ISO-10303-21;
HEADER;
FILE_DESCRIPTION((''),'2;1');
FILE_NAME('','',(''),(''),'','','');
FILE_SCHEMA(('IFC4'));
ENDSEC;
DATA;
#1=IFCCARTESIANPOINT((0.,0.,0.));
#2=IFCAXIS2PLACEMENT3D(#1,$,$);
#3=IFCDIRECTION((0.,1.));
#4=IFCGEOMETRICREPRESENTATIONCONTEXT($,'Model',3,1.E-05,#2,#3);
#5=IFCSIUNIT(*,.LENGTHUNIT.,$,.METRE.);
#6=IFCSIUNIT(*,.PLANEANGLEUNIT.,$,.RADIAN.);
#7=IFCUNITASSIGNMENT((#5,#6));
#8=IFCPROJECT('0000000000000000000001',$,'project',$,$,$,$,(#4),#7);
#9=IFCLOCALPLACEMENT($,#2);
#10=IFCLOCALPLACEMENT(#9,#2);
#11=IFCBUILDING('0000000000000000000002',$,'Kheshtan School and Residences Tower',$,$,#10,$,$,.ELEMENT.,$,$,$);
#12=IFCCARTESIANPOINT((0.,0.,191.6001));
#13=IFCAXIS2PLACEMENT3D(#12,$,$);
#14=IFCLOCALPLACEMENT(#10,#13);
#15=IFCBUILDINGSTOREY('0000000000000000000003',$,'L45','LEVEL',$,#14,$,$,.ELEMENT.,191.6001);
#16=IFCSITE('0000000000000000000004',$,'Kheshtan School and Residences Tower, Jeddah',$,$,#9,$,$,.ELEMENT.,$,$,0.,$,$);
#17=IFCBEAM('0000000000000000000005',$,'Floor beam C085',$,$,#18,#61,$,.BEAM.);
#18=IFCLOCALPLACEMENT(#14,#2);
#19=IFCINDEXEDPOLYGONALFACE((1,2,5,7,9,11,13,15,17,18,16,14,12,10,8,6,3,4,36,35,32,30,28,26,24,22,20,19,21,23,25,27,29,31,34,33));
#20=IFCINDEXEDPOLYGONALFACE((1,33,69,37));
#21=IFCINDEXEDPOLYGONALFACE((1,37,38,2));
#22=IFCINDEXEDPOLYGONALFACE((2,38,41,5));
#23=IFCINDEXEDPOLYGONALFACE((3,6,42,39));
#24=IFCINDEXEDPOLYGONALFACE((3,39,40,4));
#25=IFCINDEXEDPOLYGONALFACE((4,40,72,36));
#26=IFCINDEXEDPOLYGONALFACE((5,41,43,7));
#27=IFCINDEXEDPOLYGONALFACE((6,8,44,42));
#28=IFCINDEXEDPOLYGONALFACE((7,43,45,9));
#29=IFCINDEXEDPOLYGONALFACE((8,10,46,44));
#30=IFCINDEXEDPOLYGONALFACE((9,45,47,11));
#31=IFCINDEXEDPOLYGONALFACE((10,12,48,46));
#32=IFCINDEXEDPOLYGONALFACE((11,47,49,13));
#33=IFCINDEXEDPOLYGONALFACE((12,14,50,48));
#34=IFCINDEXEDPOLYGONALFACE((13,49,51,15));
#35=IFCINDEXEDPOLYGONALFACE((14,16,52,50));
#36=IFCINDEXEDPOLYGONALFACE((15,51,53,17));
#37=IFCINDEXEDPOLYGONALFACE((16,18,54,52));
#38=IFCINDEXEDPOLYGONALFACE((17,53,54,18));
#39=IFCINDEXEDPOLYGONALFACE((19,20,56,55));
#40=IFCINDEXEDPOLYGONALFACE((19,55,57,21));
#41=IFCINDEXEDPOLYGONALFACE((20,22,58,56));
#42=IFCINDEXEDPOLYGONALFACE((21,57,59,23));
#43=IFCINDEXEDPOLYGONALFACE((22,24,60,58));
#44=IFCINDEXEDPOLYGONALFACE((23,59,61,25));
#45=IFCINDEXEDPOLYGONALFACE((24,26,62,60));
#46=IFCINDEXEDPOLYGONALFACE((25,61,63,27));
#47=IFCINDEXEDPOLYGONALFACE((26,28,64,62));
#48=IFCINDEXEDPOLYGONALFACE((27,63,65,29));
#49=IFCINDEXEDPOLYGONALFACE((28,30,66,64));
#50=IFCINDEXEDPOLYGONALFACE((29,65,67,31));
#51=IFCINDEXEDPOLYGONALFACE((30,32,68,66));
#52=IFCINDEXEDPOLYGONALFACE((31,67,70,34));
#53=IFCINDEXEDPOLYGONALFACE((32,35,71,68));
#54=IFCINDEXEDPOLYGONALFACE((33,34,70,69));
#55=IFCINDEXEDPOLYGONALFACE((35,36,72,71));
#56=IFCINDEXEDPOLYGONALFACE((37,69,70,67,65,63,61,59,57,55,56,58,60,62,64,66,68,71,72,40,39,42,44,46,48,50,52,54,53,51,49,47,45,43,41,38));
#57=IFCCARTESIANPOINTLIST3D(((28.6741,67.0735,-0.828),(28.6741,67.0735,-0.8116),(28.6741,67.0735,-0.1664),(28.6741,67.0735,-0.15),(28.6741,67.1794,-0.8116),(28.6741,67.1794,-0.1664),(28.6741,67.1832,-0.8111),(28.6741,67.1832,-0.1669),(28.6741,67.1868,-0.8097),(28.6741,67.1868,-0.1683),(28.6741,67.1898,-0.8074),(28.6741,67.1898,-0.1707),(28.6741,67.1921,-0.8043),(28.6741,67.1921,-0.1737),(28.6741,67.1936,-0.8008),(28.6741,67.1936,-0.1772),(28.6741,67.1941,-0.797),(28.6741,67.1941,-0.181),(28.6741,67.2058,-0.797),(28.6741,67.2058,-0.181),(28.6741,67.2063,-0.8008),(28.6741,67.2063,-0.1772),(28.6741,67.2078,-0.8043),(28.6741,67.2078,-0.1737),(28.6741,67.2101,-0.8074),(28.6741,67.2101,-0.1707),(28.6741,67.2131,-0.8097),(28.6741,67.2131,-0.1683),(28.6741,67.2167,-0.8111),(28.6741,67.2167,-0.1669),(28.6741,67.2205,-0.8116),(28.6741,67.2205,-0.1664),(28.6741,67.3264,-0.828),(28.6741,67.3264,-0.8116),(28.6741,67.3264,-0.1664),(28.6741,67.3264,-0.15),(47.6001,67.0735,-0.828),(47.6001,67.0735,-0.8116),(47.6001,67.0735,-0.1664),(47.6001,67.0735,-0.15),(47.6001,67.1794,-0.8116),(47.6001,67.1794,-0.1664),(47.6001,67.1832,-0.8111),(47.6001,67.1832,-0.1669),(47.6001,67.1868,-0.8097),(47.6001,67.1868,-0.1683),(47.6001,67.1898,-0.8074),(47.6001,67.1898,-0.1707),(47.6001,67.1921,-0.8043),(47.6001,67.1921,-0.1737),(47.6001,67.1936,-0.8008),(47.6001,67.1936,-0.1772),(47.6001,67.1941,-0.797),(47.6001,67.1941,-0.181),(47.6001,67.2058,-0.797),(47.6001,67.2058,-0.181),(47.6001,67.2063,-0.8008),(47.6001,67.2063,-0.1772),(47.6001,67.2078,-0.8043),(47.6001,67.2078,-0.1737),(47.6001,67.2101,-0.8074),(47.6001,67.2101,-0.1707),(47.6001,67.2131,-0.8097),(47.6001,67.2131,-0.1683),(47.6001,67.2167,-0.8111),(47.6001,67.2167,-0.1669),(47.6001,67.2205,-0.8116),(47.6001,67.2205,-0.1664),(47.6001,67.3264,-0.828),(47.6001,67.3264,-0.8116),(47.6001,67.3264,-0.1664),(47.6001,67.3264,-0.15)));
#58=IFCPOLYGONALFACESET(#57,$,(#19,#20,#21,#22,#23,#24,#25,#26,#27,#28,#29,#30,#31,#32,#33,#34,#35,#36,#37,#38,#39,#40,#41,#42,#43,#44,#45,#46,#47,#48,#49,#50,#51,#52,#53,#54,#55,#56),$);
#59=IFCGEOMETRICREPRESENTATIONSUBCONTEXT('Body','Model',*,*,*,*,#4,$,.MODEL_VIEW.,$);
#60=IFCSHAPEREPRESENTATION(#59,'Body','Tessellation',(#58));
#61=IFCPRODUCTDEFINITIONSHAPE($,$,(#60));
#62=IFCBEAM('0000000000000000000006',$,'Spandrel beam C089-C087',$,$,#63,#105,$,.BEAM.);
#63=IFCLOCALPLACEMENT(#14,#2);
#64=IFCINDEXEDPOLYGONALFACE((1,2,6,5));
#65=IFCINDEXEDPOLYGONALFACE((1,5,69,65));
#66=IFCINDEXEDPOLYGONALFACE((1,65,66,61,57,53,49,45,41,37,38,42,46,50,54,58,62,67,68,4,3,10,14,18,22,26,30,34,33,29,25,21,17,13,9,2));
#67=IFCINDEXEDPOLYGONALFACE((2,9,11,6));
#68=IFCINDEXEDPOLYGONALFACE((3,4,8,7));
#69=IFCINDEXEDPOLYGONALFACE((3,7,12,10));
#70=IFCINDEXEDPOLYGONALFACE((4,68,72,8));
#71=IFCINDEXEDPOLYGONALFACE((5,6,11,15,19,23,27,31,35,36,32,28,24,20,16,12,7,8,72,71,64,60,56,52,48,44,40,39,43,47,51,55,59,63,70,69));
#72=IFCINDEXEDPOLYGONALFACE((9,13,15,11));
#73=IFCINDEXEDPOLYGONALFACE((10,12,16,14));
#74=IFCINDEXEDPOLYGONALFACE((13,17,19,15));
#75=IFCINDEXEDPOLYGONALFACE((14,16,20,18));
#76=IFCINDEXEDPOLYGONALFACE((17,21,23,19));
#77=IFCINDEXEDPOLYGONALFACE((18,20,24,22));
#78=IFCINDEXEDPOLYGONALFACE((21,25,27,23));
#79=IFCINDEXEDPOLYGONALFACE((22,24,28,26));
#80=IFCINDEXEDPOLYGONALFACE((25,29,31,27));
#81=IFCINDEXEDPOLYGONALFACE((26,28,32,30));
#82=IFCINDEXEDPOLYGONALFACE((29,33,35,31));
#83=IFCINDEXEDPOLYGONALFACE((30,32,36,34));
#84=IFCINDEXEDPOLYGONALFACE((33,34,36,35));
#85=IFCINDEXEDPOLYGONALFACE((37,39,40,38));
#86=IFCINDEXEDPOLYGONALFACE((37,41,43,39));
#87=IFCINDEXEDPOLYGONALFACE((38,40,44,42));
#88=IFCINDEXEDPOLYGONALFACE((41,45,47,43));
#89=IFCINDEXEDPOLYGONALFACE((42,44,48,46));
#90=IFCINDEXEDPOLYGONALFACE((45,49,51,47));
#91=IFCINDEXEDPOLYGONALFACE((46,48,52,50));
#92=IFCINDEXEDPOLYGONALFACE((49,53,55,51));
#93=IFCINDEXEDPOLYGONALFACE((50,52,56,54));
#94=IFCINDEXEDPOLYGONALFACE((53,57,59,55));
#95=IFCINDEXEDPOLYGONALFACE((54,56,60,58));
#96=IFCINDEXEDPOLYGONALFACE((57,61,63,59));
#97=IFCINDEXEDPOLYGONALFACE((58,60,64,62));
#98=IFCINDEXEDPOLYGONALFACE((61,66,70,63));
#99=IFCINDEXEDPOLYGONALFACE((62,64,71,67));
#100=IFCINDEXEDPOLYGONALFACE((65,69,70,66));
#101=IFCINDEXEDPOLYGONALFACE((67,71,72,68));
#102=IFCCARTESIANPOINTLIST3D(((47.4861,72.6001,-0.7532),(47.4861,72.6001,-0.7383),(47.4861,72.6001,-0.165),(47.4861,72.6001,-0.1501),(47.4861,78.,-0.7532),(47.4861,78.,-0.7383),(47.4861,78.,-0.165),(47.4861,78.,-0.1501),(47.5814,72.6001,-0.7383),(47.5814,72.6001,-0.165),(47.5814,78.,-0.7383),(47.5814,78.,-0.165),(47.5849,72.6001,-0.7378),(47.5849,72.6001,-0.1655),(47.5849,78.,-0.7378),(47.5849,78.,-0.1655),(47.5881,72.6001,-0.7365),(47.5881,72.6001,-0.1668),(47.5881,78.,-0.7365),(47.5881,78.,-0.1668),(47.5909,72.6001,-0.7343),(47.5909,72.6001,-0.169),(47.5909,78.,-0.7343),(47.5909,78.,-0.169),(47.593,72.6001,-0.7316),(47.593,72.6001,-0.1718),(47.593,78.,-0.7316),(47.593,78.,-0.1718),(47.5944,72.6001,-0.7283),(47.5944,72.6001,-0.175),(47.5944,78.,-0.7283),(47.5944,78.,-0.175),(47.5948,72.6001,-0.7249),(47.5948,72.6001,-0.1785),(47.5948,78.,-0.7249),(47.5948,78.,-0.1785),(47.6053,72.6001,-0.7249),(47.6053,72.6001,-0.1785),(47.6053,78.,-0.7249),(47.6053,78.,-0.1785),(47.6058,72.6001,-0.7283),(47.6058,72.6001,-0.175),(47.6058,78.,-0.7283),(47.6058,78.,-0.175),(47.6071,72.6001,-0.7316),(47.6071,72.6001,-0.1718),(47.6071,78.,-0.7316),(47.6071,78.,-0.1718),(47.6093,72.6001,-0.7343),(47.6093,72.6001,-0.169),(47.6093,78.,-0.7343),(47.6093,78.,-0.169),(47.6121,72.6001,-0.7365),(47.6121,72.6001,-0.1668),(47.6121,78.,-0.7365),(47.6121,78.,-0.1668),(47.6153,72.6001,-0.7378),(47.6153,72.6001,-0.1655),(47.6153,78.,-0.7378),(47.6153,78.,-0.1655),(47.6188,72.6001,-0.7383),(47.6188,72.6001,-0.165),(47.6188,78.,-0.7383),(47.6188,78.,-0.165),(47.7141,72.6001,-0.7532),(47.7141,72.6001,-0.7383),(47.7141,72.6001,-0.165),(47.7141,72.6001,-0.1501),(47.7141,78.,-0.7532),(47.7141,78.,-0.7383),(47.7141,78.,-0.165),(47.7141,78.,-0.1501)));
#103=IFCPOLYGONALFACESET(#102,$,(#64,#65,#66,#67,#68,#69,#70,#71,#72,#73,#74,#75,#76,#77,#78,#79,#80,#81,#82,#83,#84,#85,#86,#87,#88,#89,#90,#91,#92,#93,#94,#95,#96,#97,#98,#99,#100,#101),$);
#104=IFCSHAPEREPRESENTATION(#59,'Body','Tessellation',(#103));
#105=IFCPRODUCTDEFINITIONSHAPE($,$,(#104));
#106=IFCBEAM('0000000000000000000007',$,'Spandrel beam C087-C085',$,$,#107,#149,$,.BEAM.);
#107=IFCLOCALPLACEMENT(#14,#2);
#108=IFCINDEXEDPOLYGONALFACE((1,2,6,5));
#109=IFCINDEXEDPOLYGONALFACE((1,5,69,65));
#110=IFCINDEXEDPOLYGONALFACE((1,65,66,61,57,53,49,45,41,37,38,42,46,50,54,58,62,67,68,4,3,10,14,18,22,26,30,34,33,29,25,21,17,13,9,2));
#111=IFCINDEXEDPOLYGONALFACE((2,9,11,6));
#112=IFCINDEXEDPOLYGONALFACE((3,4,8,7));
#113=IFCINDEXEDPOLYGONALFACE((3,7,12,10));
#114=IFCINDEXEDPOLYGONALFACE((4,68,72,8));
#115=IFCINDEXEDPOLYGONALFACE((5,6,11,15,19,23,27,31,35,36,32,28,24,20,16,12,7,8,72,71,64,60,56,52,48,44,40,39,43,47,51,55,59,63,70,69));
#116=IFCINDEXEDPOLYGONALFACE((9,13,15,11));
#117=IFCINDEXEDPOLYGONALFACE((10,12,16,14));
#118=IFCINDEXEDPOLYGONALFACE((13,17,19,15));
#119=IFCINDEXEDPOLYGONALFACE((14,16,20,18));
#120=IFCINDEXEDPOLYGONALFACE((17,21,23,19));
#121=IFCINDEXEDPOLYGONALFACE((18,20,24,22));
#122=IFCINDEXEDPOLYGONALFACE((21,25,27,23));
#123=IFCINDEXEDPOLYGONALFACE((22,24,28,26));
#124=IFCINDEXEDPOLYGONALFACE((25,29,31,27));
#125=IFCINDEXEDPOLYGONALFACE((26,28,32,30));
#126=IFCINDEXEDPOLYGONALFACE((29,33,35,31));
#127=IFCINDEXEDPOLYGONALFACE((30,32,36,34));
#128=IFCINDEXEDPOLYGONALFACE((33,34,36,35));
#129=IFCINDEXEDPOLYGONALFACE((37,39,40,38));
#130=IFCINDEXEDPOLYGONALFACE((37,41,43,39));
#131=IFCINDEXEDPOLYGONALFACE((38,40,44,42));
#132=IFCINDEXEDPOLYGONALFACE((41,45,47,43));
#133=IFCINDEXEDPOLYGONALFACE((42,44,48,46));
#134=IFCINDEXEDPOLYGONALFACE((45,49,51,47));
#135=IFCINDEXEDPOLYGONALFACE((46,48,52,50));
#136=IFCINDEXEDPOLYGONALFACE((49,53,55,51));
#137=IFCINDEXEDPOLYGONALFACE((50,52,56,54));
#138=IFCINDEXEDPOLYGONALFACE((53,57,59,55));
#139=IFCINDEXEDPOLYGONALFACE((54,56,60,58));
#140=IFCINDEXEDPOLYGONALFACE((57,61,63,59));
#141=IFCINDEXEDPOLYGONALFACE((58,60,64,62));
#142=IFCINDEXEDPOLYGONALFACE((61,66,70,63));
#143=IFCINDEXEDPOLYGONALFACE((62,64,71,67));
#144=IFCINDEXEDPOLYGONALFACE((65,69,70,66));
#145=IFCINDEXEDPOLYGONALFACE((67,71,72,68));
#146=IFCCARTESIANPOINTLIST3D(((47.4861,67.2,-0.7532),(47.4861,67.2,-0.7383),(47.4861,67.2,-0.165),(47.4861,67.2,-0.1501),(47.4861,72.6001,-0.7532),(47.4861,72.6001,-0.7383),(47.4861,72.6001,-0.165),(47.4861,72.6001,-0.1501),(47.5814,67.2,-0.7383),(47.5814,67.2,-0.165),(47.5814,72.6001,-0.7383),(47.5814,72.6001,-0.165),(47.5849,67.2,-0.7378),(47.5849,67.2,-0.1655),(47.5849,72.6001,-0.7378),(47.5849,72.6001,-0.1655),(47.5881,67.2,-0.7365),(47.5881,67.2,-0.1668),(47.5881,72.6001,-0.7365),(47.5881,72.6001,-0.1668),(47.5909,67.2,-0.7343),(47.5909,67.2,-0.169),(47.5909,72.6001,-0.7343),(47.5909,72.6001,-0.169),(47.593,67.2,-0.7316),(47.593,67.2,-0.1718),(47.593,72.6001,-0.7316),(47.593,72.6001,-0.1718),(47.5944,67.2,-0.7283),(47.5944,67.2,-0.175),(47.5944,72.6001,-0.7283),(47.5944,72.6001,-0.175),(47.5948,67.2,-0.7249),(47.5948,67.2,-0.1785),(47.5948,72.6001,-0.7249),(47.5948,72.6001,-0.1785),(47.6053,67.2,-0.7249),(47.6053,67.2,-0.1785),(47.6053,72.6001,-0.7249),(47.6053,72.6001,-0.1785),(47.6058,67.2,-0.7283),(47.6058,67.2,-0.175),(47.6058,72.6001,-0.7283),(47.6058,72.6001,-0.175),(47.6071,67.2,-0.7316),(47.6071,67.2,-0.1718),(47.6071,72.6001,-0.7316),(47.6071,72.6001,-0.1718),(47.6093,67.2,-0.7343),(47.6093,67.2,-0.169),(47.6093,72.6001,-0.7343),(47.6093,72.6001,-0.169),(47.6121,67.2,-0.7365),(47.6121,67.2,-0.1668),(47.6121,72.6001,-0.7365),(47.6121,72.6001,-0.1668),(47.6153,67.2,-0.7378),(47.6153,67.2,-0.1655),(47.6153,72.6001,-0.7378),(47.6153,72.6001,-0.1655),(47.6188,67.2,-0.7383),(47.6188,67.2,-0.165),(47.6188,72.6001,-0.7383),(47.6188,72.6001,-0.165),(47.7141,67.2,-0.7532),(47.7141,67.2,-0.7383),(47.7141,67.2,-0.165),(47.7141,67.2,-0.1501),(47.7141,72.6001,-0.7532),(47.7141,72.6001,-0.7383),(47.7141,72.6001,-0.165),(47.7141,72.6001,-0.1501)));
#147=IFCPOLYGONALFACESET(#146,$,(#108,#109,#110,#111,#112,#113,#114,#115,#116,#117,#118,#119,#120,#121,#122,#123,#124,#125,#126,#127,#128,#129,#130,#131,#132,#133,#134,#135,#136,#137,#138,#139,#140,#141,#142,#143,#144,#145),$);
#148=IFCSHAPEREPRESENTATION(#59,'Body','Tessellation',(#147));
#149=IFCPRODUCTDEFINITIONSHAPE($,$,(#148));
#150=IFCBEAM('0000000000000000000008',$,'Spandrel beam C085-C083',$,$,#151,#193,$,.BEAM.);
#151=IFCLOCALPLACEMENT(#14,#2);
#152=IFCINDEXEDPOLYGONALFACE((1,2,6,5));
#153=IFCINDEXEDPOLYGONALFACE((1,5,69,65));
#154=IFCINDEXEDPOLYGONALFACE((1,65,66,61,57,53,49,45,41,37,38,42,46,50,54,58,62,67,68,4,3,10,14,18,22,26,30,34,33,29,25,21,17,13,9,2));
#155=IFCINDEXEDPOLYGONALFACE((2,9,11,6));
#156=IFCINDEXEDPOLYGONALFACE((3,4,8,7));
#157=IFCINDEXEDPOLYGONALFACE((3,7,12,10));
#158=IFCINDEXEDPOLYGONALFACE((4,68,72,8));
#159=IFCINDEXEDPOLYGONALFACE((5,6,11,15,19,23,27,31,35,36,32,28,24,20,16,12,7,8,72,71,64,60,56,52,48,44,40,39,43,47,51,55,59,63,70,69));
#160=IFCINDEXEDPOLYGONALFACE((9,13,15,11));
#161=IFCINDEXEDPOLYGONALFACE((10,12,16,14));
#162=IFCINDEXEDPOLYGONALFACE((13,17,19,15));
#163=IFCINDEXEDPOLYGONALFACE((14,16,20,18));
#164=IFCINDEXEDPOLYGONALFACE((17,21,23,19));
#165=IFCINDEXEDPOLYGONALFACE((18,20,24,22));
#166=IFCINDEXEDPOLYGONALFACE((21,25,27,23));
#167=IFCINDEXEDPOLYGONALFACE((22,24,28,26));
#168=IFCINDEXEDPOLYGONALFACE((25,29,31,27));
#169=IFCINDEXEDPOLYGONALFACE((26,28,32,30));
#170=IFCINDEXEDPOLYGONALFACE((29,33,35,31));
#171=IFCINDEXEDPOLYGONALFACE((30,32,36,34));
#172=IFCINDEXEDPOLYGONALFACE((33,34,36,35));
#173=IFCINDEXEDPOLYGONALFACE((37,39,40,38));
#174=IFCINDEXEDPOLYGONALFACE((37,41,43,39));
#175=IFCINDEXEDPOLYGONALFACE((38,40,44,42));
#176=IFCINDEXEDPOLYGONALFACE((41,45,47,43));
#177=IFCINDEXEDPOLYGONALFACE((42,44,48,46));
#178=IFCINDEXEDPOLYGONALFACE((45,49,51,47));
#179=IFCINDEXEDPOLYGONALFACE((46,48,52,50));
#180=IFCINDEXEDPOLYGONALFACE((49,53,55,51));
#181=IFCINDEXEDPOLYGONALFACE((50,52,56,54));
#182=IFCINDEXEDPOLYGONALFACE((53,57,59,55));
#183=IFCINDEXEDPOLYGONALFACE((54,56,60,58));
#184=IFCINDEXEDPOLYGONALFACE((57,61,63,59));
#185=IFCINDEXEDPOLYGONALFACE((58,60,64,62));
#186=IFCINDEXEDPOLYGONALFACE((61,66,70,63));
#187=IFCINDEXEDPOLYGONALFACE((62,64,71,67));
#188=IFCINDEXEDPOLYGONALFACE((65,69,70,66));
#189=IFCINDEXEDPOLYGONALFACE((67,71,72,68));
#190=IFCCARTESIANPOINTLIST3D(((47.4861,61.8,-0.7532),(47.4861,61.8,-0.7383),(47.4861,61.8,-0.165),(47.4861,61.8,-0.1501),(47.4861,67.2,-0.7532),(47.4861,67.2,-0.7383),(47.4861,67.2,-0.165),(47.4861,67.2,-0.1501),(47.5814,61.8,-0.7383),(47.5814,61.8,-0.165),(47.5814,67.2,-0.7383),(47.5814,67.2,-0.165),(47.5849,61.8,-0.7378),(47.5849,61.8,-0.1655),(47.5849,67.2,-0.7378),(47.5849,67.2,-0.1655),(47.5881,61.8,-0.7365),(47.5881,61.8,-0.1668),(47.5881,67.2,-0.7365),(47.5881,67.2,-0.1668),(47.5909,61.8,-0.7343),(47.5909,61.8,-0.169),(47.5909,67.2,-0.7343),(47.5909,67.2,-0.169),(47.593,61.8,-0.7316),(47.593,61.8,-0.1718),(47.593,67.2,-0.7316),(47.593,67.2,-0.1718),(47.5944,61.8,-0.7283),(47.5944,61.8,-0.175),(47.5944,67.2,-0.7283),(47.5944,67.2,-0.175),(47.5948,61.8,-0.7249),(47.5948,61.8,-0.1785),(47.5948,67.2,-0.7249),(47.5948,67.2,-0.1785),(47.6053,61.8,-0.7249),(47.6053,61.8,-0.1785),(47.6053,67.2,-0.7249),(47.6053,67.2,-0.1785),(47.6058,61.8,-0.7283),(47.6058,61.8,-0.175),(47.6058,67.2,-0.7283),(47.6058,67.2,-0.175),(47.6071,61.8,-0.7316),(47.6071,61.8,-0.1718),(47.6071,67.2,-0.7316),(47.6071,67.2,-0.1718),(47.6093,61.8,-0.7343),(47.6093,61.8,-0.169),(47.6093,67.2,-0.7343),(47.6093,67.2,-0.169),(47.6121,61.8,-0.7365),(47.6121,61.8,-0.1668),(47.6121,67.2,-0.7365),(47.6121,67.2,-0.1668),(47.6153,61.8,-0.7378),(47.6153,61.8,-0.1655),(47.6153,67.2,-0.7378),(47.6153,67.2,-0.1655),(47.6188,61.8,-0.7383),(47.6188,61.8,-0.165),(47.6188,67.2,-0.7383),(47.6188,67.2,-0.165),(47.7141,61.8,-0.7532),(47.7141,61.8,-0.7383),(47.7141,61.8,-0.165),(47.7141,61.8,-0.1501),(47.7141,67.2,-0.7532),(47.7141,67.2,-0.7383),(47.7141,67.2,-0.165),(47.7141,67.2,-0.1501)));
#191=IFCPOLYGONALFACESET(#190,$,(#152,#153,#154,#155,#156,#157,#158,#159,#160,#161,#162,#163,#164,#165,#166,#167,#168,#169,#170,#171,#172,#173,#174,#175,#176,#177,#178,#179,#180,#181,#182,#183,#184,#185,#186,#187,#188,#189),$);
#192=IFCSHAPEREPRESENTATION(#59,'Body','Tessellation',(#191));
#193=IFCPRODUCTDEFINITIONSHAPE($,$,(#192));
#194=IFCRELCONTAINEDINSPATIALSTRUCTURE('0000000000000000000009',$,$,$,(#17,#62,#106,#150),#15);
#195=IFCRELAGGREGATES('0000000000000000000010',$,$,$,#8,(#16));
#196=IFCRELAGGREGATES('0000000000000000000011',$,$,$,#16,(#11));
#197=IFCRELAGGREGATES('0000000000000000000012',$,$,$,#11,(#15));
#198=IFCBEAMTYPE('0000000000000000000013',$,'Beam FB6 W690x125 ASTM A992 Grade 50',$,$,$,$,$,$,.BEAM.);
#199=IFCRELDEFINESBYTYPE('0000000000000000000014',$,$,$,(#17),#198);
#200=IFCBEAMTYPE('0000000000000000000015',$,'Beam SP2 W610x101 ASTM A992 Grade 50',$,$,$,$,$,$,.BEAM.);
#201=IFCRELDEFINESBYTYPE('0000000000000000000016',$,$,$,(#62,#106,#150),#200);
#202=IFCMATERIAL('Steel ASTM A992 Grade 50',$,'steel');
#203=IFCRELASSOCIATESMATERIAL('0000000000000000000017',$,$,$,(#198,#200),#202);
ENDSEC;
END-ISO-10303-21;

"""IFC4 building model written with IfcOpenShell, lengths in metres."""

from ifc_helpers import new_model, si_unit, direction, frame, origin, origin_2d, place, context, subcontext, project, spatial, i_section, extrude, material, material_profile, profile_set, type_object, element, save


model = new_model("IFC4")

# Units and contexts
model_context = context("Model", 3, precision=1e-05, world=origin(), true_north=direction((0.0, 1.0)))
body_context = subcontext(model_context, "Body", "Model", "MODEL_VIEW")
ifc_project = project(units=[si_unit("LENGTHUNIT", "METRE"), si_unit("PLANEANGLEUNIT", "RADIAN")], contexts=[model_context])

# Site, building, storey
site_placement = place(None, origin())
site = spatial("IfcSite", under=ifc_project, at=site_placement, Name="Kheshtan School and Residences Tower, Jeddah", CompositionType="ELEMENT", RefElevation=0.0)
building_placement = place(site_placement, origin())
building = spatial("IfcBuilding", under=site, at=building_placement, Name="Kheshtan School and Residences Tower", CompositionType="ELEMENT")
storey_placement = place(building_placement, frame((0.0, 0.0, 191.6001)))
storey = spatial("IfcBuildingStorey", under=building, at=storey_placement, Name="L45", Description="LEVEL", CompositionType="ELEMENT", Elevation=191.6001)

# Shared definitions
ifc_material_1 = material(Name="Steel ASTM A992 Grade 50", Category="steel")

# Beams
ifc_material_profile_1 = material_profile(ifc_material_1, i_section(OverallWidth=0.2529, OverallDepth=0.678, WebThickness=0.0117, FlangeThickness=0.0164, FilletRadius=0.0146, at=origin_2d()), Name="W690x125")
ifc_profile_set_1 = profile_set([ifc_material_profile_1], Name="Steel ASTM A992 Grade 50")
beam_type_1 = type_object("IfcBeamType", Name="Beam FB6 W690x125 ASTM A992 Grade 50", PredefinedType="BEAM", material=ifc_profile_set_1)
beam_1_placement = place(storey_placement, frame((47.6001, 67.2, -0.489), z_axis=(-1.0, 0.0, 0.0), x_axis=(0.0, -1.0, 0.0)))
element("IfcBeam", 1, at=beam_1_placement, inside=storey, type_object=beam_type_1, Name="Floor beam C085", PredefinedType="BEAM", context=body_context, shape_type="SweptSolid", body=[
    extrude(i_section(OverallWidth=0.2529, OverallDepth=0.678, WebThickness=0.0117, FlangeThickness=0.0164, FilletRadius=0.0146, at=origin_2d()), origin(), (0.0, 0.0, 1.0), 18.926),
])
ifc_material_profile_2 = material_profile(ifc_material_1, i_section(OverallWidth=0.228, OverallDepth=0.603, WebThickness=0.0105, FlangeThickness=0.0149, FilletRadius=0.0134, at=origin_2d()), Name="W610x101")
ifc_profile_set_2 = profile_set([ifc_material_profile_2], Name="Steel ASTM A992 Grade 50")
beam_type_2 = type_object("IfcBeamType", Name="Beam SP2 W610x101 ASTM A992 Grade 50", PredefinedType="BEAM", material=ifc_profile_set_2)
beam_2_placement = place(storey_placement, frame((47.6001, 78.0, -0.4517), z_axis=(0.0, -1.0, 0.0), x_axis=(1.0, 0.0, 0.0)))
element("IfcBeam", 2, at=beam_2_placement, inside=storey, type_object=beam_type_2, Name="Spandrel beam C089-C087", PredefinedType="BEAM", context=body_context, shape_type="SweptSolid", body=[
    extrude(i_section(OverallWidth=0.228, OverallDepth=0.603, WebThickness=0.0105, FlangeThickness=0.0149, FilletRadius=0.0134, at=origin_2d()), origin(), (0.0, 0.0, 1.0), 5.3999),
])
beam_3_placement = place(storey_placement, frame((47.6001, 72.6001, -0.4517), z_axis=(0.0, -1.0, 0.0), x_axis=(1.0, 0.0, 0.0)))
element("IfcBeam", 3, at=beam_3_placement, inside=storey, type_object=beam_type_2, Name="Spandrel beam C087-C085", PredefinedType="BEAM", context=body_context, shape_type="SweptSolid", body=[
    extrude(i_section(OverallWidth=0.228, OverallDepth=0.603, WebThickness=0.0105, FlangeThickness=0.0149, FilletRadius=0.0134, at=origin_2d()), origin(), (0.0, 0.0, 1.0), 5.4001),
])
beam_4_placement = place(storey_placement, frame((47.6001, 67.2, -0.4517), z_axis=(0.0, -1.0, 0.0), x_axis=(1.0, 0.0, 0.0)))
element("IfcBeam", 4, at=beam_4_placement, inside=storey, type_object=beam_type_2, Name="Spandrel beam C085-C083", PredefinedType="BEAM", context=body_context, shape_type="SweptSolid", body=[
    extrude(i_section(OverallWidth=0.228, OverallDepth=0.603, WebThickness=0.0105, FlangeThickness=0.0149, FilletRadius=0.0134, at=origin_2d()), origin(), (0.0, 0.0, 1.0), 5.3999),
])

save(model, "model.ifc")
